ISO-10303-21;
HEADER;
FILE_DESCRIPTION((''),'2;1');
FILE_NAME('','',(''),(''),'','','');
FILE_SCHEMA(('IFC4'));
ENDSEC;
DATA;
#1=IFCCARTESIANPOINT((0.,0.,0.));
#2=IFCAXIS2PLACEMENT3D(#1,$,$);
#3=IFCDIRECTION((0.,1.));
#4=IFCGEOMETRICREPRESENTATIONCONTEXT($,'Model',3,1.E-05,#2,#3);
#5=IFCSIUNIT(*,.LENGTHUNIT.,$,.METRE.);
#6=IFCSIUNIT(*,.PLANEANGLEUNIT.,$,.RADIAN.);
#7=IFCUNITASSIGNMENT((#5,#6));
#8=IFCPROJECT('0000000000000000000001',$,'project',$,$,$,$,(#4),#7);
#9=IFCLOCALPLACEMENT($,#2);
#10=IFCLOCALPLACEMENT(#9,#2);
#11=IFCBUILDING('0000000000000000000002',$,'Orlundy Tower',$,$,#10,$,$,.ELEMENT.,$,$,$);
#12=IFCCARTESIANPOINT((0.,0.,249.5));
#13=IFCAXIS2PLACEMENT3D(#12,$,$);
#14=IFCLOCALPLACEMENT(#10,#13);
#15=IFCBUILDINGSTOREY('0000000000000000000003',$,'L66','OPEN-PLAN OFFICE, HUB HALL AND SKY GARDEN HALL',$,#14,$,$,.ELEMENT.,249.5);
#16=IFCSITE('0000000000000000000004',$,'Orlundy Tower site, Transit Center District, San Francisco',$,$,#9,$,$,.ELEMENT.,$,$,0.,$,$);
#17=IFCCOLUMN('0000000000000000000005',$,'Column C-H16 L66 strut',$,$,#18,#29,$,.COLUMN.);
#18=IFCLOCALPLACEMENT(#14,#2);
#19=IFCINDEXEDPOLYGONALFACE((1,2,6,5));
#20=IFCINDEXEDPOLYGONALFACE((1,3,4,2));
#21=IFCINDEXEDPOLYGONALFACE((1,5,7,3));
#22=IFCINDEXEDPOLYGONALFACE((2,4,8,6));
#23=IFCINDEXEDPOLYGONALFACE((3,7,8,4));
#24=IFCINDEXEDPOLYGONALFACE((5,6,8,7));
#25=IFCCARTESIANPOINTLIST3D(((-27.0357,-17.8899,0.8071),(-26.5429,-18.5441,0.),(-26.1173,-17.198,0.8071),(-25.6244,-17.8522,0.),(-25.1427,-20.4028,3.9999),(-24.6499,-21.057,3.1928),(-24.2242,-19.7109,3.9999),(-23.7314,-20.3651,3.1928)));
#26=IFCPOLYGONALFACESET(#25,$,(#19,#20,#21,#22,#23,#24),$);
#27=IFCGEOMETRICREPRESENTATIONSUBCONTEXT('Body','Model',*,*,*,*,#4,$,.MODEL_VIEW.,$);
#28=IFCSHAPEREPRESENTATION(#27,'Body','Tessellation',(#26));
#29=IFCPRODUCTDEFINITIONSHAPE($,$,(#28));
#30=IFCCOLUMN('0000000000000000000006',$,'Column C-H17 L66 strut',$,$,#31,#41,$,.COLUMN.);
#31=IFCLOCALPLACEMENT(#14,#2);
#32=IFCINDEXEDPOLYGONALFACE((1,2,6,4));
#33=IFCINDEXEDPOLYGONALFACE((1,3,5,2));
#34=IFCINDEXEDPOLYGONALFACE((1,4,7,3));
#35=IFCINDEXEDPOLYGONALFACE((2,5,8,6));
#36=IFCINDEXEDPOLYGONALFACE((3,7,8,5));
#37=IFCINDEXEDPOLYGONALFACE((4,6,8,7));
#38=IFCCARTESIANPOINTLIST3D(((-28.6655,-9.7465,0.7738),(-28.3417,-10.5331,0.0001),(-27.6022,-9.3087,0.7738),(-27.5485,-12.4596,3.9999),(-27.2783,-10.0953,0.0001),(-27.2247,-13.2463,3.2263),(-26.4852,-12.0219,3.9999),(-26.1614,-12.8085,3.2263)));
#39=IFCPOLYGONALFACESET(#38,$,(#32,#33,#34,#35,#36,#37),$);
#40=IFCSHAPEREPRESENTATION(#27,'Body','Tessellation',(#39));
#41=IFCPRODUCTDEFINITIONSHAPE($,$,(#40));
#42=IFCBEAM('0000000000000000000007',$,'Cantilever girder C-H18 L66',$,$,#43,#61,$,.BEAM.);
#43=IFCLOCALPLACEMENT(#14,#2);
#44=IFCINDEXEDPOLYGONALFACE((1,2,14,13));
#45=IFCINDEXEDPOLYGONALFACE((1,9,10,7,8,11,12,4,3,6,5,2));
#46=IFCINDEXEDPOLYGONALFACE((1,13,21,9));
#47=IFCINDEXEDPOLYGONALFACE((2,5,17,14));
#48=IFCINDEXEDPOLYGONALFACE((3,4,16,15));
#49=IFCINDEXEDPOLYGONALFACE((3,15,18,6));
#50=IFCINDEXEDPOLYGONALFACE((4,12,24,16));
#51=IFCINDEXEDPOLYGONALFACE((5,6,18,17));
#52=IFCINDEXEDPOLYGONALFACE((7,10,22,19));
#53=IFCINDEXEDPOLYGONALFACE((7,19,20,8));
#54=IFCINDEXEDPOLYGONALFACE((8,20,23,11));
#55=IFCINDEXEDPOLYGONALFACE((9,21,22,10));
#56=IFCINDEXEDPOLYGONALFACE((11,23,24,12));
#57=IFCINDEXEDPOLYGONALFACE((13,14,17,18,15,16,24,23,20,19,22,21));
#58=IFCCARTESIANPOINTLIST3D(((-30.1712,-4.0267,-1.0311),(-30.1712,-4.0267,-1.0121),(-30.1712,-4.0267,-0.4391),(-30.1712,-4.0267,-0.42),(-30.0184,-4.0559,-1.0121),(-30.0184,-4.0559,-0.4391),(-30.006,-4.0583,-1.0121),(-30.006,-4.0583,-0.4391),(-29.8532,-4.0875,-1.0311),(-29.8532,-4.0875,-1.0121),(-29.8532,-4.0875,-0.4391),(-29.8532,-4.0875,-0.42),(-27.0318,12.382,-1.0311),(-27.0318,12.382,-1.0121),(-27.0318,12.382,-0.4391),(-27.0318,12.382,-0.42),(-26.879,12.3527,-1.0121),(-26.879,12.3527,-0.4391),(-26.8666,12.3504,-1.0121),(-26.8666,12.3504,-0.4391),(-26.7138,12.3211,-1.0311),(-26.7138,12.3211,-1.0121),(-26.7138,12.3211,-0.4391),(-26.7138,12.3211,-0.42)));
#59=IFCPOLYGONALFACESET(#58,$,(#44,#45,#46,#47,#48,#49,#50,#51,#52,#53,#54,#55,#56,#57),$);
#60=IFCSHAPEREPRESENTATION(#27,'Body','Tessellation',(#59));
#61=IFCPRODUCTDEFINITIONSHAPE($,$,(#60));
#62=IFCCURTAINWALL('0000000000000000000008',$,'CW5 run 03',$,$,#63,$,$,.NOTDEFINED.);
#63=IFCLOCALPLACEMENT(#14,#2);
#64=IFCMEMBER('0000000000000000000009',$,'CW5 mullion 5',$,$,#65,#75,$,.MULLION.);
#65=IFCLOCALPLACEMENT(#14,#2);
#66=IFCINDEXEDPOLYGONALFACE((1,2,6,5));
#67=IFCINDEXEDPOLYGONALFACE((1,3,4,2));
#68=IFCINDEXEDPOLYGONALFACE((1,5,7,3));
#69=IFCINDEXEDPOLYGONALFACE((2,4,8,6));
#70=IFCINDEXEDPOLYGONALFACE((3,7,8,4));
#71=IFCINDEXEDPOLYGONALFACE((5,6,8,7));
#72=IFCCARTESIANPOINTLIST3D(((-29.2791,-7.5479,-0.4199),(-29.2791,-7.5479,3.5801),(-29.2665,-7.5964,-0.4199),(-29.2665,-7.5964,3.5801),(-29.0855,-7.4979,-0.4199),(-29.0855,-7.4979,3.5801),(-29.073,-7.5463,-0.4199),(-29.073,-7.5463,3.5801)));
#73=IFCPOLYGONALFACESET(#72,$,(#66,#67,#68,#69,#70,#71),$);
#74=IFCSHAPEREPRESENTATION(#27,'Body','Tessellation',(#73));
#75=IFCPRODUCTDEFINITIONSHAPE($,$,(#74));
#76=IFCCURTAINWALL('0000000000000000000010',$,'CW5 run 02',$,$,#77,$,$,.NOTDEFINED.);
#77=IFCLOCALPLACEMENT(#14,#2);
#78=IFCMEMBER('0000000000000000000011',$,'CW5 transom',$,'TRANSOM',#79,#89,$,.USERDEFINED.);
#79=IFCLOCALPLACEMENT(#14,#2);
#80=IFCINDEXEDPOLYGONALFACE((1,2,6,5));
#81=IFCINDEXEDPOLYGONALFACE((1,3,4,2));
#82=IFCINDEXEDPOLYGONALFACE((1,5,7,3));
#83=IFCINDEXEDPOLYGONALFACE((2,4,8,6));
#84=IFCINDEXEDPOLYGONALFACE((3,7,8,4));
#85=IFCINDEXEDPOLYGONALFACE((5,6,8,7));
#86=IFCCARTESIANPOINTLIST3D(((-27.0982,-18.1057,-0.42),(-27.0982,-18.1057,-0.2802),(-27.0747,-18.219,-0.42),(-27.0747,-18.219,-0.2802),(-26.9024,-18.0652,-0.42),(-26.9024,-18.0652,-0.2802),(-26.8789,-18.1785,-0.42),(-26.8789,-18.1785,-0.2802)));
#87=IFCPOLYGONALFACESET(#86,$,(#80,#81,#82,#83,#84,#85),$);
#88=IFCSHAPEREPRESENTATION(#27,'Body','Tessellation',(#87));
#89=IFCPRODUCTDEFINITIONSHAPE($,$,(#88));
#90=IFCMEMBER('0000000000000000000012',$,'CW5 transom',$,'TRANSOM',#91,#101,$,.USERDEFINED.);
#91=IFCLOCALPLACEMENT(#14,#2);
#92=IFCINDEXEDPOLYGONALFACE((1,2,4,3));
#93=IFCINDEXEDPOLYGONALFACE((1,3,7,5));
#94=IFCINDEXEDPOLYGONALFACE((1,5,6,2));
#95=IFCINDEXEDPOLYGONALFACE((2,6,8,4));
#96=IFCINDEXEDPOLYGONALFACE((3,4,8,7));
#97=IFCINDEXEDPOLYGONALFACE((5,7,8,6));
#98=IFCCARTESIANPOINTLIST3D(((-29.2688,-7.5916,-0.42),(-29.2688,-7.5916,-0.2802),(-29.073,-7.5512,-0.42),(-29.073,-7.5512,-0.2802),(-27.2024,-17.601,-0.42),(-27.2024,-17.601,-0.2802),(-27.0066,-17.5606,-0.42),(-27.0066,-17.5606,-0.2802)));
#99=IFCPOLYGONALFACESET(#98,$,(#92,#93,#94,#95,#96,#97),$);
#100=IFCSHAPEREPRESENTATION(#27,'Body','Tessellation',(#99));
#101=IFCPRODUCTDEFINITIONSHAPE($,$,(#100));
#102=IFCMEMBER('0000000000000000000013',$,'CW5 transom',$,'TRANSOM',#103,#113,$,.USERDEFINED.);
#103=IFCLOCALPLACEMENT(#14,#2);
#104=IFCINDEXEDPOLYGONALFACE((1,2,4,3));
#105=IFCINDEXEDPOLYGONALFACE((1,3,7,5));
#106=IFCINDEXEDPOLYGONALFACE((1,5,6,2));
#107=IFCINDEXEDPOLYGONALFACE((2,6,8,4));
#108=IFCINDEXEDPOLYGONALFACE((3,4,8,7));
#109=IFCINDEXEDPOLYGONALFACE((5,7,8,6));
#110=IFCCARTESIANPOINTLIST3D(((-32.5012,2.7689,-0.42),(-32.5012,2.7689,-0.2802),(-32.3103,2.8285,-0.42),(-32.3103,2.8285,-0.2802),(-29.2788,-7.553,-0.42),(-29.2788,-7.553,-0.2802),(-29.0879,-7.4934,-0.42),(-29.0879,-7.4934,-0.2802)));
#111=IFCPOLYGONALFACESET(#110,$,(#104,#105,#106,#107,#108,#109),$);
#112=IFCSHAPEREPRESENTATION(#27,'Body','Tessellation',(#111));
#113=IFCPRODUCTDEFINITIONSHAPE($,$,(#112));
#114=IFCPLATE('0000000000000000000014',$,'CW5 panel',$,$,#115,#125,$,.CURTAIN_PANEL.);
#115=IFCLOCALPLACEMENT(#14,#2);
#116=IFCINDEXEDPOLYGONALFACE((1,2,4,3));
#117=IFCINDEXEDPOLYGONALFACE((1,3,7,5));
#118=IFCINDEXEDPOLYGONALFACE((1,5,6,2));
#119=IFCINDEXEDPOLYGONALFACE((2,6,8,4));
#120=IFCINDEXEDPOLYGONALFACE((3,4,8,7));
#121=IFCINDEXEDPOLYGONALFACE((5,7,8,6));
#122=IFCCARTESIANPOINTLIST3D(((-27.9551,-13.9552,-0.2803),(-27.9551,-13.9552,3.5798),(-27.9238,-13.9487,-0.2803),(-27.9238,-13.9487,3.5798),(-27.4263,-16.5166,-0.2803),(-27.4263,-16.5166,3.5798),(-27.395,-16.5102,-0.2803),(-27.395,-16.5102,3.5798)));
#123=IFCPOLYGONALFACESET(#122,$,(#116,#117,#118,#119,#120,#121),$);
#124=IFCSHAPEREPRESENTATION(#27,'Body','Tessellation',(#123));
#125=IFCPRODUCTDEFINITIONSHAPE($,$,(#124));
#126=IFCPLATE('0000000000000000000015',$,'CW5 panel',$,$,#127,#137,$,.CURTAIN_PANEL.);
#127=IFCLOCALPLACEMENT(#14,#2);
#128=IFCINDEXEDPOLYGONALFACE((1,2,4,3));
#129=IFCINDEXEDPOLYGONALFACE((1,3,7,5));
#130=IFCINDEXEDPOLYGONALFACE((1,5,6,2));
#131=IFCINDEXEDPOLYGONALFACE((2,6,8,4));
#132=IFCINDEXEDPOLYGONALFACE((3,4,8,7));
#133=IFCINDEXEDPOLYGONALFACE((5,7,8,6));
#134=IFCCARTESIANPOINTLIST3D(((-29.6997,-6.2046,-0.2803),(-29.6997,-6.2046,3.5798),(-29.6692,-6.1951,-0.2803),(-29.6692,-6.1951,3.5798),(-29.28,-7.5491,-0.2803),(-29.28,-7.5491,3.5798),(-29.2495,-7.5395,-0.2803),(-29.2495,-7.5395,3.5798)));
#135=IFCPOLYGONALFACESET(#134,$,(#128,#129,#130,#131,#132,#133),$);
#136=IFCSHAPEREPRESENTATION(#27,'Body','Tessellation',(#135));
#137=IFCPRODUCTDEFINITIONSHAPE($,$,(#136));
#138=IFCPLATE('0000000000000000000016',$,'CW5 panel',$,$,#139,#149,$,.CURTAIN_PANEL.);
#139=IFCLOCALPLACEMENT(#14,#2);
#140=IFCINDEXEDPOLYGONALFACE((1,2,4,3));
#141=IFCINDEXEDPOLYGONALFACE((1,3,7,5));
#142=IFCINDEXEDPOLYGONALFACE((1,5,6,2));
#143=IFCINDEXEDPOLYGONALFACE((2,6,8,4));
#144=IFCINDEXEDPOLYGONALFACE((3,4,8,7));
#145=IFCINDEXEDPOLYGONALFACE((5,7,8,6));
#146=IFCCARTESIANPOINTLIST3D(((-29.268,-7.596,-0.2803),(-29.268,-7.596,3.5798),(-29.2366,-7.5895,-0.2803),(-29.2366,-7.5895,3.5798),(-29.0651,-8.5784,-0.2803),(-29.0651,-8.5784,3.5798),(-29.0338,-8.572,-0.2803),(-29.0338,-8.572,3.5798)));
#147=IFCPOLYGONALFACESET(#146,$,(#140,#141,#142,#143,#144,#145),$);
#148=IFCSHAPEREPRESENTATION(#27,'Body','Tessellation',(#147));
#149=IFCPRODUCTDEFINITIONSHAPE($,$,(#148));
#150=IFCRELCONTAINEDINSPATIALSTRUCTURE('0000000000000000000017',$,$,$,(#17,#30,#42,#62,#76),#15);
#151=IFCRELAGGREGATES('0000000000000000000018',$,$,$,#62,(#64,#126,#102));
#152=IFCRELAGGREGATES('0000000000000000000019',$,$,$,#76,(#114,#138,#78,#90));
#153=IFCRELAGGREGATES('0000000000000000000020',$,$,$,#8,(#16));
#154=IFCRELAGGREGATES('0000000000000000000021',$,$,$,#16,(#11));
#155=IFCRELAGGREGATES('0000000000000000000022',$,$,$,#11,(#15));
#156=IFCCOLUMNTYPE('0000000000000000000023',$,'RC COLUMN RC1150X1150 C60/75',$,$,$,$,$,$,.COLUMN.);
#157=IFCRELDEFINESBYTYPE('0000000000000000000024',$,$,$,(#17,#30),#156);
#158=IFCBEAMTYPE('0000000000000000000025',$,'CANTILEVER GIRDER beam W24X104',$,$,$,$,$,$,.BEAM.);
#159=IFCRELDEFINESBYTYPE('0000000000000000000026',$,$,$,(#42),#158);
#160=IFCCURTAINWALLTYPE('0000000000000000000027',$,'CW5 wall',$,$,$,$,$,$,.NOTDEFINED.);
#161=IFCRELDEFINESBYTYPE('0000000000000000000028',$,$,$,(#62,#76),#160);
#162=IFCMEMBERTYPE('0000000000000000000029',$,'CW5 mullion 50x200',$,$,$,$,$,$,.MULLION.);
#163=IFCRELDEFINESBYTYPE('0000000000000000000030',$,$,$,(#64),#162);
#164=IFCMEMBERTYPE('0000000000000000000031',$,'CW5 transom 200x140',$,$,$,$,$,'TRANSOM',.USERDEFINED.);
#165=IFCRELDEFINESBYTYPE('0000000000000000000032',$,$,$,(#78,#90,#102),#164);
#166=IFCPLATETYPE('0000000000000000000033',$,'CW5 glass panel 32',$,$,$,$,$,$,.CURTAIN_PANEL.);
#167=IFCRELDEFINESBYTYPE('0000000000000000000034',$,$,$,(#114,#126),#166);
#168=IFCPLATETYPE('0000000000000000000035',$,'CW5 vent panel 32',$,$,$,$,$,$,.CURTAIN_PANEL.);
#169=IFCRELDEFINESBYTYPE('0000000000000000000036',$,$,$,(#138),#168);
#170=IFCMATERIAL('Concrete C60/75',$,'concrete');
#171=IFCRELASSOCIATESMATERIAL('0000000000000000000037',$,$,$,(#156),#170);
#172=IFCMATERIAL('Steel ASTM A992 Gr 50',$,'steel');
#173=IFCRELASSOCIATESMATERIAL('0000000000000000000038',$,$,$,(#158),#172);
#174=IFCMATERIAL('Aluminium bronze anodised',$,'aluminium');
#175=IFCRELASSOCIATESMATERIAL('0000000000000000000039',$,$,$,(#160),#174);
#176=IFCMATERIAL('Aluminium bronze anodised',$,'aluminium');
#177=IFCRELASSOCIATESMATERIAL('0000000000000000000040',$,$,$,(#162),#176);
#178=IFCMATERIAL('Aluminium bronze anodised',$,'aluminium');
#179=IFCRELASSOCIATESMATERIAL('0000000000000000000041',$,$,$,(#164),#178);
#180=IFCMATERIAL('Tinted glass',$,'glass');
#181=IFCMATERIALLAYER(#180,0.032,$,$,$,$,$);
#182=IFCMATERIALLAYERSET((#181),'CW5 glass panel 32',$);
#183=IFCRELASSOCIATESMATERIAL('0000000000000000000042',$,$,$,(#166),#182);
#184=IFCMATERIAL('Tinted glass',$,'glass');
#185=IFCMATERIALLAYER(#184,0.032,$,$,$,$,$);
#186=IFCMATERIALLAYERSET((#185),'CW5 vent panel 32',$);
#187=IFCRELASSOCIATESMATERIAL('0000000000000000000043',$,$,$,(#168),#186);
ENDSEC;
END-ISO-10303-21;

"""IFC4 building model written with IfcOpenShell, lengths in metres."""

from ifc_helpers import new_model, si_unit, direction, frame, origin, origin_2d, place, context, subcontext, project, spatial, rectangle, i_section, extrude, material, layer, layer_set, material_profile, profile_set, type_object, element, aggregate, save


model = new_model("IFC4")

# Units and contexts
model_context = context("Model", 3, precision=1e-05, world=origin(), true_north=direction((0.0, 1.0)))
body_context = subcontext(model_context, "Body", "Model", "MODEL_VIEW")
ifc_project = project(units=[si_unit("LENGTHUNIT", "METRE"), si_unit("PLANEANGLEUNIT", "RADIAN")], contexts=[model_context])

# Site, building, storey
site_placement = place(None, origin())
site = spatial("IfcSite", under=ifc_project, at=site_placement, Name="Orlundy Tower site, Transit Center District, San Francisco", CompositionType="ELEMENT", RefElevation=0.0)
building_placement = place(site_placement, origin())
building = spatial("IfcBuilding", under=site, at=building_placement, Name="Orlundy Tower", CompositionType="ELEMENT")
storey_placement = place(building_placement, frame((0.0, 0.0, 249.5)))
storey = spatial("IfcBuildingStorey", under=building, at=storey_placement, Name="L66", Description="OPEN-PLAN OFFICE, HUB HALL AND SKY GARDEN HALL", CompositionType="ELEMENT", Elevation=249.5)

# Columns
ifc_material_1 = material(Name="Concrete C60/75", Category="concrete")
ifc_material_profile_1 = material_profile(ifc_material_1, rectangle(XDim=1.1499, YDim=1.1499, at=origin_2d()), Name="RC1150X1150")
ifc_profile_set_1 = profile_set([ifc_material_profile_1], Name="Concrete C60/75")
column_type = type_object("IfcColumnType", Name="RC COLUMN RC1150X1150 C60/75", PredefinedType="COLUMN", material=ifc_profile_set_1)
column_1_placement = place(storey_placement, frame((-26.3301, -17.8711, 0.4036), z_axis=(0.422322, -0.560609, 0.712294), x_axis=(0.798722, 0.6017, 0.0)))
element("IfcColumn", 1, at=column_1_placement, inside=storey, type_object=column_type, Name="Column C-H16 L66 strut", PredefinedType="COLUMN", context=body_context, shape_type="SweptSolid", body=[
    extrude(rectangle(XDim=1.1499, YDim=1.1499, at=origin_2d()), origin(), (0.0, 0.0, 1.0), 4.4824),
])
column_2_placement = place(storey_placement, frame((-27.9719, -9.9209, 0.387), z_axis=(0.256135, -0.62217, 0.739797), x_axis=(0.924706, 0.380683, 0.0)))
element("IfcColumn", 2, at=column_2_placement, inside=storey, type_object=column_type, Name="Column C-H17 L66 strut", PredefinedType="COLUMN", context=body_context, shape_type="SweptSolid", body=[
    extrude(rectangle(XDim=1.1499, YDim=1.1499, at=origin_2d()), origin(), (0.0, 0.0, 1.0), 4.3608),
])

# Beam
ifc_material_2 = material(Name="Steel ASTM A992 Gr 50", Category="steel")
ifc_material_profile_2 = material_profile(ifc_material_2, i_section(OverallWidth=0.3237, OverallDepth=0.6111, WebThickness=0.0127, FlangeThickness=0.019, at=origin_2d()), Name="W24X104")
ifc_profile_set_2 = profile_set([ifc_material_profile_2], Name="Steel ASTM A992 Gr 50")
beam_type = type_object("IfcBeamType", Name="CANTILEVER GIRDER beam W24X104", PredefinedType="BEAM", material=ifc_profile_set_2)
beam_placement = place(storey_placement, frame((-30.0122, -4.0571, -0.7256), z_axis=(0.187917, 0.982185, 0.0), x_axis=(-0.982185, 0.187917, 0.0)))
element("IfcBeam", 3, at=beam_placement, inside=storey, type_object=beam_type, Name="Cantilever girder C-H18 L66", PredefinedType="BEAM", context=body_context, shape_type="SweptSolid", body=[
    extrude(i_section(OverallWidth=0.3237, OverallDepth=0.6111, WebThickness=0.0127, FlangeThickness=0.019, at=origin_2d()), origin(), (0.0, 0.0, 1.0), 16.7063),
])

# Curtain wall, member
ifc_material_3 = material(Name="Aluminium bronze anodised", Category="aluminium")
curtain_wall_type = type_object("IfcCurtainWallType", Name="CW5 wall", PredefinedType="NOTDEFINED", material=ifc_material_3)
curtain_wall_1_placement = place(storey_placement, origin())
curtain_wall_1 = element("IfcCurtainWall", 4, at=curtain_wall_1_placement, inside=storey, type_object=curtain_wall_type, Name="CW5 run 03", PredefinedType="NOTDEFINED")
ifc_material_4 = material(Name="Aluminium bronze anodised", Category="aluminium")
ifc_material_profile_3 = material_profile(ifc_material_4, rectangle(XDim=0.2, YDim=0.05, at=origin_2d()), Name="CW5 mullion 50x200")
ifc_profile_set_3 = profile_set([ifc_material_profile_3], Name="Aluminium bronze anodised")
member_type_1 = type_object("IfcMemberType", Name="CW5 mullion 50x200", PredefinedType="MULLION", material=ifc_profile_set_3)
member_1_placement = place(storey_placement, frame((-29.176, -7.5471, -0.4199), z_axis=(0.0, 0.0, 1.0), x_axis=(-0.968142, -0.250401, 0.0)))
member_1 = element("IfcMember", 5, at=member_1_placement, type_object=member_type_1, Name="CW5 mullion 5", PredefinedType="MULLION", context=body_context, shape_type="SweptSolid", body=[
    extrude(rectangle(XDim=0.2, YDim=0.05, at=origin_2d()), origin(), (0.0, 0.0, 1.0), 4.0),
])

# Curtain wall, members
curtain_wall_2_placement = place(storey_placement, origin())
curtain_wall_2 = element("IfcCurtainWall", 6, at=curtain_wall_2_placement, inside=storey, type_object=curtain_wall_type, Name="CW5 run 02", PredefinedType="NOTDEFINED")
ifc_material_5 = material(Name="Aluminium bronze anodised", Category="aluminium")
ifc_material_profile_4 = material_profile(ifc_material_5, rectangle(XDim=0.2, YDim=0.1399, at=origin_2d()), Name="CW5 transom 200x140")
ifc_profile_set_4 = profile_set([ifc_material_profile_4], Name="Aluminium bronze anodised")
member_type_2 = type_object("IfcMemberType", Name="CW5 transom 200x140", ElementType="TRANSOM", PredefinedType="USERDEFINED", material=ifc_profile_set_4)
member_2_placement = place(storey_placement, frame((-26.9768, -18.1987, -0.3501), z_axis=(-0.202606, 0.97926, 0.0), x_axis=(-0.97926, -0.202606, 0.0)))
member_2 = element("IfcMember", 7, at=member_2_placement, type_object=member_type_2, Name="CW5 transom", ObjectType="TRANSOM", PredefinedType="USERDEFINED", context=body_context, shape_type="SweptSolid", body=[
    extrude(rectangle(XDim=0.2, YDim=0.1399, at=origin_2d()), origin(), (0.0, 0.0, 1.0), 0.1157),
])
member_3_placement = place(storey_placement, frame((-27.1045, -17.5808, -0.3501), z_axis=(-0.202185, 0.979347, 0.0), x_axis=(-0.979347, -0.202185, 0.0)))
member_3 = element("IfcMember", 8, at=member_3_placement, type_object=member_type_2, Name="CW5 transom", ObjectType="TRANSOM", PredefinedType="USERDEFINED", context=body_context, shape_type="SweptSolid", body=[
    extrude(rectangle(XDim=0.2, YDim=0.1399, at=origin_2d()), origin(), (0.0, 0.0, 1.0), 10.2205),
])

# Member
member_4_placement = place(storey_placement, frame((-29.1833, -7.5232, -0.3501), z_axis=(-0.298004, 0.954565, 0.0), x_axis=(-0.954565, -0.298004, 0.0)))
member_4 = element("IfcMember", 9, at=member_4_placement, type_object=member_type_2, Name="CW5 transom", ObjectType="TRANSOM", PredefinedType="USERDEFINED", context=body_context, shape_type="SweptSolid", body=[
    extrude(rectangle(XDim=0.2, YDim=0.1399, at=origin_2d()), origin(), (0.0, 0.0, 1.0), 10.8132),
])

# Plates
ifc_material_6 = material(Name="Tinted glass", Category="glass")
ifc_layer_1 = layer(ifc_material_6, 0.032)
ifc_layer_set_1 = layer_set([ifc_layer_1], Name="CW5 glass panel 32")
plate_type_1 = type_object("IfcPlateType", Name="CW5 glass panel 32", PredefinedType="CURTAIN_PANEL", material=ifc_layer_set_1)
plate_1_placement = place(storey_placement, frame((-27.675, -15.2327, -0.2803), z_axis=(0.0, 0.0, 1.0), x_axis=(-0.202195, 0.979345, 0.0)))
plate_1 = element("IfcPlate", 10, at=plate_1_placement, type_object=plate_type_1, Name="CW5 panel", PredefinedType="CURTAIN_PANEL", context=body_context, shape_type="SweptSolid", body=[
    extrude(rectangle(XDim=2.6155, YDim=0.032, at=origin_2d()), origin(), (0.0, 0.0, 1.0), 3.8601),
])
plate_2_placement = place(storey_placement, frame((-29.4746, -6.8721, -0.2803), z_axis=(0.0, 0.0, 1.0), x_axis=(-0.297994, 0.954568, 0.0)))
plate_2 = element("IfcPlate", 11, at=plate_2_placement, type_object=plate_type_1, Name="CW5 panel", PredefinedType="CURTAIN_PANEL", context=body_context, shape_type="SweptSolid", body=[
    extrude(rectangle(XDim=1.4084, YDim=0.032, at=origin_2d()), origin(), (0.0, 0.0, 1.0), 3.8601),
])
aggregate(curtain_wall_1, [member_1, plate_2, member_4])
ifc_material_7 = material(Name="Tinted glass", Category="glass")
ifc_layer_2 = layer(ifc_material_7, 0.032)
ifc_layer_set_2 = layer_set([ifc_layer_2], Name="CW5 vent panel 32")
plate_type_2 = type_object("IfcPlateType", Name="CW5 vent panel 32", PredefinedType="CURTAIN_PANEL", material=ifc_layer_set_2)
plate_3_placement = place(storey_placement, frame((-29.1509, -8.084, -0.2803), z_axis=(0.0, 0.0, 1.0), x_axis=(-0.202195, 0.979345, 0.0)))
plate_3 = element("IfcPlate", 12, at=plate_3_placement, type_object=plate_type_2, Name="CW5 panel", PredefinedType="CURTAIN_PANEL", context=body_context, shape_type="SweptSolid", body=[
    extrude(rectangle(XDim=1.0032, YDim=0.032, at=origin_2d()), origin(), (0.0, 0.0, 1.0), 3.8601),
])
aggregate(curtain_wall_2, [plate_1, plate_3, member_2, member_3])

save(model, "model.ifc")
